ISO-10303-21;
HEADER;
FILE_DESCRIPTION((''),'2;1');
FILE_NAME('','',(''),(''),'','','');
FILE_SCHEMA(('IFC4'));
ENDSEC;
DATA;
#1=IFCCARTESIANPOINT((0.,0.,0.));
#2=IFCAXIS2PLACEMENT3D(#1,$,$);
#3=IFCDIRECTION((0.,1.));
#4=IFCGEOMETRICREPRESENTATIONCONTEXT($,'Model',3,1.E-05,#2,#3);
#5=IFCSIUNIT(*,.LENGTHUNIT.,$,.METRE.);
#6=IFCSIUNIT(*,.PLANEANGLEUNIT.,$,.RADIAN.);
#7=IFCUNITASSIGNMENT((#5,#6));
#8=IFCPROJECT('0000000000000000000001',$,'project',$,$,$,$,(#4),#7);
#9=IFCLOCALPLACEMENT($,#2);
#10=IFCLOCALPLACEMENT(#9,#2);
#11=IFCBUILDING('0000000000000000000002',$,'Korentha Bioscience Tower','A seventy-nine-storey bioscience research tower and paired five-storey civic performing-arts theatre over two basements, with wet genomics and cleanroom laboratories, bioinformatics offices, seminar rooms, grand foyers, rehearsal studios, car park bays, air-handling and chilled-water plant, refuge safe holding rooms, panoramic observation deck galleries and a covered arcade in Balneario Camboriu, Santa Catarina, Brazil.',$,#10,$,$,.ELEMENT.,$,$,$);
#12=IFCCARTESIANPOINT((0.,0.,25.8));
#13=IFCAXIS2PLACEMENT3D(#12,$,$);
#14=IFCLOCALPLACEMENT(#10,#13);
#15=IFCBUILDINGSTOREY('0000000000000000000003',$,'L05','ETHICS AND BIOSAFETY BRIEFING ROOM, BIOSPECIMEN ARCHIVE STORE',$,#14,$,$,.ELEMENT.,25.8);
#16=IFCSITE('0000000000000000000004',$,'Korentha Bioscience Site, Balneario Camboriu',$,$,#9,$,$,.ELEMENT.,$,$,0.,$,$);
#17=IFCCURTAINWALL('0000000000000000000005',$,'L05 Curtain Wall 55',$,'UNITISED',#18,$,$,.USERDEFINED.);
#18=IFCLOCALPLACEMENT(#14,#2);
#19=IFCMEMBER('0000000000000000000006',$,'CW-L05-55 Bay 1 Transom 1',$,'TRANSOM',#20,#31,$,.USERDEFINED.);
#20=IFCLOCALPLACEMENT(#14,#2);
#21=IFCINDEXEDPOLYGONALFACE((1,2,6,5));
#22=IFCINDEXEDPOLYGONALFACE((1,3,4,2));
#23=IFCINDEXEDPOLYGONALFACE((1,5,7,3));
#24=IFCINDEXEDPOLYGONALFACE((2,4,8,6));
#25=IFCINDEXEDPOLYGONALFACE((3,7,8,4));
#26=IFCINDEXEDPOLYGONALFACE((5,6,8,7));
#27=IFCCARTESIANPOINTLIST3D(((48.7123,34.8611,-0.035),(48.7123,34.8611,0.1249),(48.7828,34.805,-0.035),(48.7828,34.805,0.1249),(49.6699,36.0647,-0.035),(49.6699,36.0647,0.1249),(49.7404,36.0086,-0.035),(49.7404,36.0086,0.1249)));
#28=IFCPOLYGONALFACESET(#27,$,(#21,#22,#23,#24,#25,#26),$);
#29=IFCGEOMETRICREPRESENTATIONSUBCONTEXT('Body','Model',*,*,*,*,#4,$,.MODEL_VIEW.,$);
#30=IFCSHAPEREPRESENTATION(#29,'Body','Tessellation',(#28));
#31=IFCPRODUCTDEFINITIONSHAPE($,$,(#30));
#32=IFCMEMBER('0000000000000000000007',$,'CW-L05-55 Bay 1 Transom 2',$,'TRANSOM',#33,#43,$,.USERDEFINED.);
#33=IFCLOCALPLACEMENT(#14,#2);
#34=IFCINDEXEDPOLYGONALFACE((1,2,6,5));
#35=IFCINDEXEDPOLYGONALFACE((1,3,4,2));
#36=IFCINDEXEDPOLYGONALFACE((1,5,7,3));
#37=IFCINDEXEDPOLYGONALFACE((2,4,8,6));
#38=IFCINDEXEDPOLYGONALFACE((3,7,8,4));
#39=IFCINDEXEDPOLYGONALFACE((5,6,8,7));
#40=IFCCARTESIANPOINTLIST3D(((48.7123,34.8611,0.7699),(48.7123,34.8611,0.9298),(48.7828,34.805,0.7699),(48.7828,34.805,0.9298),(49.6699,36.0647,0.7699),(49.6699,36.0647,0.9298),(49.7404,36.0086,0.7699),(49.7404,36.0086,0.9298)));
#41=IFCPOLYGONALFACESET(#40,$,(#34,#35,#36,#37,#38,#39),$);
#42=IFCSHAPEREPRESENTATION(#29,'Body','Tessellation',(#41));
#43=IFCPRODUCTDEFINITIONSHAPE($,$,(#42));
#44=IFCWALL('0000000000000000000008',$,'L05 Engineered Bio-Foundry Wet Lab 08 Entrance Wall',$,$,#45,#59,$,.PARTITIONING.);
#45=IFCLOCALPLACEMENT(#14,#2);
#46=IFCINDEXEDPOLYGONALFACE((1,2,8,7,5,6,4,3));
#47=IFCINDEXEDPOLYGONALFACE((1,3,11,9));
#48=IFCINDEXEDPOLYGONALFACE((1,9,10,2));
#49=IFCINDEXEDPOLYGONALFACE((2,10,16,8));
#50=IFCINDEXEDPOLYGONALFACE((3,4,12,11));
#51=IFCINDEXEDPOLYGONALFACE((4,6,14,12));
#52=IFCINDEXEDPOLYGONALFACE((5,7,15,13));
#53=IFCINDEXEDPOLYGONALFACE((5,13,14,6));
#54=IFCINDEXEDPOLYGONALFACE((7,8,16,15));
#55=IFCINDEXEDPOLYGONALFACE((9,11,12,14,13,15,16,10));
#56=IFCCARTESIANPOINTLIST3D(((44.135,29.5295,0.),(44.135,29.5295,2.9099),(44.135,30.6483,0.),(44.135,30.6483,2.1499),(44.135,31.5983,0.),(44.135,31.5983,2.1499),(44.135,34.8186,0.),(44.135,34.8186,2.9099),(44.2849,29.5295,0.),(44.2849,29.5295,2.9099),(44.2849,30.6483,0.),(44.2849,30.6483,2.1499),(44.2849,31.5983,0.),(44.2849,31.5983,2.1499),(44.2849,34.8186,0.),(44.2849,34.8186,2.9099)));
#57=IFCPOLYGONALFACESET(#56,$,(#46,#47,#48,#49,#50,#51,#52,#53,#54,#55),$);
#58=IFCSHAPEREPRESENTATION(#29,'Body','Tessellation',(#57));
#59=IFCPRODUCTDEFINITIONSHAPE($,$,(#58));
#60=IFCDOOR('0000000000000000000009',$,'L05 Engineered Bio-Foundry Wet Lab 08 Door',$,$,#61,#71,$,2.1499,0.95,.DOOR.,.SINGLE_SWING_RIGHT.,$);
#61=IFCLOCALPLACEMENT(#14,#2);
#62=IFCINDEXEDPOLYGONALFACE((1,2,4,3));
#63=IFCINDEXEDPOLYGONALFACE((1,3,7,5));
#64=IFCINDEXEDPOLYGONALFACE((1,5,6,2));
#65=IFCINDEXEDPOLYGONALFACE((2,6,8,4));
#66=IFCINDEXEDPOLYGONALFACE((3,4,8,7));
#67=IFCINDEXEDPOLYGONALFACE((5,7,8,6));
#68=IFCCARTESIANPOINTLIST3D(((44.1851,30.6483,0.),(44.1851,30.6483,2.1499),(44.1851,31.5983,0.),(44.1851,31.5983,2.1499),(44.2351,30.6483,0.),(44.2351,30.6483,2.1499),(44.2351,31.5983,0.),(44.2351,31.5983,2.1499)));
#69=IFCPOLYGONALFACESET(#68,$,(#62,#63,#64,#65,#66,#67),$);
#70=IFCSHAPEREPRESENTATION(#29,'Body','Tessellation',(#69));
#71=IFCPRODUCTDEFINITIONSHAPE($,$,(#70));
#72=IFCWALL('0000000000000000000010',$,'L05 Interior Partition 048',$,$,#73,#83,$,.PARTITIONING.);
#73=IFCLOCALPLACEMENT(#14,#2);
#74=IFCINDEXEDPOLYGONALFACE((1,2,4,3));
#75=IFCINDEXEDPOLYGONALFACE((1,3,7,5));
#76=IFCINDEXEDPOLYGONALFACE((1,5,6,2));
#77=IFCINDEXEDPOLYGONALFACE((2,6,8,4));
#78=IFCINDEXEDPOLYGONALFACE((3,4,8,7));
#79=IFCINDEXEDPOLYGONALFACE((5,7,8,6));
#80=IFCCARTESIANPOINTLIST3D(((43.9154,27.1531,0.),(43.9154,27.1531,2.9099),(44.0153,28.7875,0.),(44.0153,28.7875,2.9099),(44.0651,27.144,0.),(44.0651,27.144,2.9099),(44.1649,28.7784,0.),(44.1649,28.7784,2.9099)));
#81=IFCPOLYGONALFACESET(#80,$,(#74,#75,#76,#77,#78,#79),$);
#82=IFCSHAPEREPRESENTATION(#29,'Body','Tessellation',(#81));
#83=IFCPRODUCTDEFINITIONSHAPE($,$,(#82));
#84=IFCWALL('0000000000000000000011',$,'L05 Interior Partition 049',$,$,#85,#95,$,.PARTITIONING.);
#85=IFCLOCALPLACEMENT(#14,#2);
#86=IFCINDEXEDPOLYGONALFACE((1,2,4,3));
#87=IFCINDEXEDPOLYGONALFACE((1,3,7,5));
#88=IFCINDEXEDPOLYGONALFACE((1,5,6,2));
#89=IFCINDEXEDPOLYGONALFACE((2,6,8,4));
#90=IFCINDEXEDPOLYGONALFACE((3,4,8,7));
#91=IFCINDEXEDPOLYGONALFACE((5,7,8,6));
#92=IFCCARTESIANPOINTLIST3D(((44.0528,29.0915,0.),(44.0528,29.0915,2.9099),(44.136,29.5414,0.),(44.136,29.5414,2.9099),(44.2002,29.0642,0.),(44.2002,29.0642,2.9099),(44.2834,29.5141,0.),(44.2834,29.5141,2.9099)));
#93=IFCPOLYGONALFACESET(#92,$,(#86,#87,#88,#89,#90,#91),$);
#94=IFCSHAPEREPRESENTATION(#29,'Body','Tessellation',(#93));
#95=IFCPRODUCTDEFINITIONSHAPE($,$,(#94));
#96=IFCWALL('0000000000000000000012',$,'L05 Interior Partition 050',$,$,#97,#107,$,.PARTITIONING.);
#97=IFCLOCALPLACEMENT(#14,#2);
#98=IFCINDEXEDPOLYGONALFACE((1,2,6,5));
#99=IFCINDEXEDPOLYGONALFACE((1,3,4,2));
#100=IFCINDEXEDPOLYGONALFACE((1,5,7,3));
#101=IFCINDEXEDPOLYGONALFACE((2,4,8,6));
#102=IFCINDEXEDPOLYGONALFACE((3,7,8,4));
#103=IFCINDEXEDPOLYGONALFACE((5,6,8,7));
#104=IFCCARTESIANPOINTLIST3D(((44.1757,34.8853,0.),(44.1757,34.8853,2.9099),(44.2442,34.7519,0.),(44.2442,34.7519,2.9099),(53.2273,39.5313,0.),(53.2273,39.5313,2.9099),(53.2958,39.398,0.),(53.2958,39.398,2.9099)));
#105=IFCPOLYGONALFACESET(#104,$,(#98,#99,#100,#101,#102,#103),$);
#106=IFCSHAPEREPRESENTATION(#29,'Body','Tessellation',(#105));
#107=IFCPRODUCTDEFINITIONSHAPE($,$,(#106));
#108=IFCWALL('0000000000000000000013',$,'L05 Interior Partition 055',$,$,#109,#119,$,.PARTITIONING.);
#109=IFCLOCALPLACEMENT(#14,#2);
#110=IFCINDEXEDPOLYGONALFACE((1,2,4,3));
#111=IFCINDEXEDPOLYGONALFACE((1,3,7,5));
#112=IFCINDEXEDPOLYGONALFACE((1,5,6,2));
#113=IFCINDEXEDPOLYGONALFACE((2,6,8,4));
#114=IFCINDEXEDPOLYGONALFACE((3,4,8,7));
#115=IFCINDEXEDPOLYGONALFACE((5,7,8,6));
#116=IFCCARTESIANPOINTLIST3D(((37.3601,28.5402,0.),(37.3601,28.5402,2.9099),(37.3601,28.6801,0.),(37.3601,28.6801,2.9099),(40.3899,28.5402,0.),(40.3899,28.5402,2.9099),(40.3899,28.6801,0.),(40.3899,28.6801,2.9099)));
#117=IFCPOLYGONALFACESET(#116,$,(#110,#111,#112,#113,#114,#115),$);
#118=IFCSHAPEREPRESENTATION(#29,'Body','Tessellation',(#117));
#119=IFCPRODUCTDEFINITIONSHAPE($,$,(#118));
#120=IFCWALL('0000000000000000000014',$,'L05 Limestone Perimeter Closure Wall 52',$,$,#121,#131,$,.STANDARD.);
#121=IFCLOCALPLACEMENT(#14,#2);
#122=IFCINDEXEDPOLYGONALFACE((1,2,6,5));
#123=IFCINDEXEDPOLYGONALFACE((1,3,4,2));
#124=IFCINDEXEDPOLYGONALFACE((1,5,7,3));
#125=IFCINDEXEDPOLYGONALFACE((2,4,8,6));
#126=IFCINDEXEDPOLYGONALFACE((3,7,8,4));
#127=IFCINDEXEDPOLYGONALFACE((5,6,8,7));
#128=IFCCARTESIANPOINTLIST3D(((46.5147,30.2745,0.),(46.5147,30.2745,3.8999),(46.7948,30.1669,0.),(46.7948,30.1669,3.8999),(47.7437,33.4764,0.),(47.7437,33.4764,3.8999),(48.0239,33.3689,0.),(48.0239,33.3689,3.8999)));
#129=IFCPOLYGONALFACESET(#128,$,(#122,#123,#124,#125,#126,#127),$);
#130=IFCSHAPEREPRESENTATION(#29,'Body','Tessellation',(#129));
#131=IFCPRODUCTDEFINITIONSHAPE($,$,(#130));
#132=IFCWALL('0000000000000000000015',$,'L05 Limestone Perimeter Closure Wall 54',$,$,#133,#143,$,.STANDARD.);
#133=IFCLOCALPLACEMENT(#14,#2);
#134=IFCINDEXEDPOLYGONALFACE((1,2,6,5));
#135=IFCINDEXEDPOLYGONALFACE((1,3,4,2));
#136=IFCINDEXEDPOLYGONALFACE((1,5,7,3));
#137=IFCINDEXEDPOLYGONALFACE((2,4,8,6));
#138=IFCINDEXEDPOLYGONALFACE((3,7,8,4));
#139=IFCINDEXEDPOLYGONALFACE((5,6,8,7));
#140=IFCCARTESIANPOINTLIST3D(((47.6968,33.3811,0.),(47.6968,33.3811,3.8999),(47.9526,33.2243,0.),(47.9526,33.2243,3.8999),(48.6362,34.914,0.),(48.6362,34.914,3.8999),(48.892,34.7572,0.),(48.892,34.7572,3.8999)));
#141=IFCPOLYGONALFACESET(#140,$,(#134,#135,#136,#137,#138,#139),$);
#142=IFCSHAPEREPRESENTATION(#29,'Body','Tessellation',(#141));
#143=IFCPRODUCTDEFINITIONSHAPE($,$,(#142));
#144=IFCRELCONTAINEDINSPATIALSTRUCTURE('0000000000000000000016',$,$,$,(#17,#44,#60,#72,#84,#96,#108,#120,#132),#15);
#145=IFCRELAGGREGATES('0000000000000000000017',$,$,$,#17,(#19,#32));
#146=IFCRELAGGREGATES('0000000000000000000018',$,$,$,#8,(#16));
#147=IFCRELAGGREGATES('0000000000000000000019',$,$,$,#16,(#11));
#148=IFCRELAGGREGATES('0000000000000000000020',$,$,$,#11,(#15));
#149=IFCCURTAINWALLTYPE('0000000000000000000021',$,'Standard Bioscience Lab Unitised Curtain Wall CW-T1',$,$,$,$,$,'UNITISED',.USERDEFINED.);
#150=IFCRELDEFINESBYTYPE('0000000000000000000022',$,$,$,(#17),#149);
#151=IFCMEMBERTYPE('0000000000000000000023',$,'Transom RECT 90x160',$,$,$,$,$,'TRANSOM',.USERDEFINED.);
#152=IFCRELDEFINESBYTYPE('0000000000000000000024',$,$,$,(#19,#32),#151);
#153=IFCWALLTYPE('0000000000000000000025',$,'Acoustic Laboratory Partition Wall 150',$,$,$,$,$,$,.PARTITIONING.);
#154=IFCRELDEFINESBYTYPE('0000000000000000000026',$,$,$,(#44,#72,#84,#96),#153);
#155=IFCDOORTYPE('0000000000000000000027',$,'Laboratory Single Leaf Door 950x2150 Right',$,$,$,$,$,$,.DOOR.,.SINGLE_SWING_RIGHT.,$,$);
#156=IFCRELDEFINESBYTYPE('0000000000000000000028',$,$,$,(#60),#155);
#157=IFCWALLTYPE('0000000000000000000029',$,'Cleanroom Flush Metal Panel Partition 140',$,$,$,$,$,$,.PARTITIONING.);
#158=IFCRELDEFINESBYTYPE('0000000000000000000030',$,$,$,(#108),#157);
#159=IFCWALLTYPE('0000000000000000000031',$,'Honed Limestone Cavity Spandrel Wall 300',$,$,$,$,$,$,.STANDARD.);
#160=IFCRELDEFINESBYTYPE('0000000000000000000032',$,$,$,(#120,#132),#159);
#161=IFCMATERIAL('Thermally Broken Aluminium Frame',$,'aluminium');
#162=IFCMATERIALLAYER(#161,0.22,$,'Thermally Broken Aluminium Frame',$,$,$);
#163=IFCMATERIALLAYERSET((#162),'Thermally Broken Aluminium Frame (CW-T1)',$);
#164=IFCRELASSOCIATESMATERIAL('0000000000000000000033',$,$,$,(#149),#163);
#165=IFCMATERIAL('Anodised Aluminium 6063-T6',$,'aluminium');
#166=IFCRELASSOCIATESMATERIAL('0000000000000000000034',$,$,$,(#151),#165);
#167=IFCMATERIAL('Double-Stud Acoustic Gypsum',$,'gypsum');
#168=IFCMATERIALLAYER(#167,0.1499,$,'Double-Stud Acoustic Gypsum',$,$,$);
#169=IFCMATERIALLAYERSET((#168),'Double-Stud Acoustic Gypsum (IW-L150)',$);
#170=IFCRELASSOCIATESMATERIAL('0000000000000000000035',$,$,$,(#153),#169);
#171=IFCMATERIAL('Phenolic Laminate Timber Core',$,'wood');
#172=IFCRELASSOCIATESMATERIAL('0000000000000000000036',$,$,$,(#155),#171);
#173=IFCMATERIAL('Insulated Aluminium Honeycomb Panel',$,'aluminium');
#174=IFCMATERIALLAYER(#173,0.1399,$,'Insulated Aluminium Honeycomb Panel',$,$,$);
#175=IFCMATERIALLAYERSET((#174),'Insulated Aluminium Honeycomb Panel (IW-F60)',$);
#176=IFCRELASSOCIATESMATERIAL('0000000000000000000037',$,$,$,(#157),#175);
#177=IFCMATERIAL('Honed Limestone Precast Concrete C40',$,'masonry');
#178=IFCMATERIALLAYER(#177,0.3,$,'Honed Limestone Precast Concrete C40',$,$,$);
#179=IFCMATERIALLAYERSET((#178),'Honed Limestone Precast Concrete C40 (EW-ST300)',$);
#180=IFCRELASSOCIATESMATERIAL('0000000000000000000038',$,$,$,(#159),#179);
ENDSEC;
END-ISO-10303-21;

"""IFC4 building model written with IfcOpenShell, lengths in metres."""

from ifc_helpers import new_model, si_unit, direction, frame, frame_2d, origin, origin_2d, place, context, subcontext, project, spatial, rectangle, extrude, material, layer, layer_set, material_profile, profile_set, type_object, element, fill, aggregate, save


model = new_model("IFC4")

# Units and contexts
model_context = context("Model", 3, precision=1e-05, world=origin(), true_north=direction((0.0, 1.0)))
body_context = subcontext(model_context, "Body", "Model", "MODEL_VIEW")
ifc_project = project(units=[si_unit("LENGTHUNIT", "METRE"), si_unit("PLANEANGLEUNIT", "RADIAN")], contexts=[model_context])

# Site, building, storey
site_placement = place(None, origin())
site = spatial("IfcSite", under=ifc_project, at=site_placement, Name="Korentha Bioscience Site, Balneario Camboriu", CompositionType="ELEMENT", RefElevation=0.0)
building_placement = place(site_placement, origin())
building = spatial("IfcBuilding", under=site, at=building_placement, Name="Korentha Bioscience Tower", Description="A seventy-nine-storey bioscience research tower and paired five-storey civic performing-arts theatre over two basements, with wet genomics and cleanroom laboratories, bioinformatics offices, seminar rooms, grand foyers, rehearsal studios, car park bays, air-handling and chilled-water plant, refuge safe holding rooms, panoramic observation deck galleries and a covered arcade in Balneario Camboriu, Santa Catarina, Brazil.", CompositionType="ELEMENT")
storey_placement = place(building_placement, frame((0.0, 0.0, 25.8)))
storey = spatial("IfcBuildingStorey", under=building, at=storey_placement, Name="L05", Description="ETHICS AND BIOSAFETY BRIEFING ROOM, BIOSPECIMEN ARCHIVE STORE", CompositionType="ELEMENT", Elevation=25.8)

# Curtain wall
ifc_material_1 = material(Name="Thermally Broken Aluminium Frame", Category="aluminium")
ifc_layer_1 = layer(ifc_material_1, 0.22, Name="Thermally Broken Aluminium Frame")
ifc_layer_set_1 = layer_set([ifc_layer_1], Name="Thermally Broken Aluminium Frame (CW-T1)")
curtain_wall_type = type_object("IfcCurtainWallType", Name="Standard Bioscience Lab Unitised Curtain Wall CW-T1", ElementType="UNITISED", PredefinedType="USERDEFINED", material=ifc_layer_set_1)
curtain_wall_placement = place(storey_placement, origin())
curtain_wall = element("IfcCurtainWall", 1, at=curtain_wall_placement, inside=storey, type_object=curtain_wall_type, Name="L05 Curtain Wall 55", ObjectType="UNITISED", PredefinedType="USERDEFINED")
ifc_material_2 = material(Name="Anodised Aluminium 6063-T6", Category="aluminium")

# Members
ifc_material_profile_1 = material_profile(ifc_material_2, rectangle(XDim=0.0901, YDim=0.1599, at=origin_2d()), Name="Anodised Aluminium 6063-T6")
ifc_profile_set_1 = profile_set([ifc_material_profile_1], Name="Anodised Aluminium 6063-T6 (CW-TRN)")
member_type_1 = type_object("IfcMemberType", Name="Transom RECT 90x160", ElementType="TRANSOM", PredefinedType="USERDEFINED", material=ifc_profile_set_1)
member_1_placement = place(storey_placement, frame((48.7476, 34.833, 0.0449), z_axis=(0.622563, 0.782569, 0.0), x_axis=(-0.782569, 0.622563, 0.0)))
member_1 = element("IfcMember", 2, at=member_1_placement, type_object=member_type_1, Name="CW-L05-55 Bay 1 Transom 1", ObjectType="TRANSOM", PredefinedType="USERDEFINED", context=body_context, shape_type="SweptSolid", body=[
    extrude(rectangle(XDim=0.0901, YDim=0.1599, at=origin_2d()), origin(), (0.0, 0.0, 1.0), 1.5381),
])
member_2_placement = place(storey_placement, frame((48.7476, 34.833, 0.8499), z_axis=(0.622563, 0.782569, 0.0), x_axis=(-0.782569, 0.622563, 0.0)))
member_2 = element("IfcMember", 3, at=member_2_placement, type_object=member_type_1, Name="CW-L05-55 Bay 1 Transom 2", ObjectType="TRANSOM", PredefinedType="USERDEFINED", context=body_context, shape_type="SweptSolid", body=[
    extrude(rectangle(XDim=0.0901, YDim=0.1599, at=origin_2d()), origin(), (0.0, 0.0, 1.0), 1.5381),
])
aggregate(curtain_wall, [member_1, member_2])

# Wall, opening, door
ifc_material_3 = material(Name="Double-Stud Acoustic Gypsum", Category="gypsum")
ifc_layer_2 = layer(ifc_material_3, 0.1499, Name="Double-Stud Acoustic Gypsum")
ifc_layer_set_2 = layer_set([ifc_layer_2], Name="Double-Stud Acoustic Gypsum (IW-L150)")
wall_type_1 = type_object("IfcWallType", Name="Acoustic Laboratory Partition Wall 150", PredefinedType="PARTITIONING", material=ifc_layer_set_2)
wall_1_placement = place(storey_placement, frame((44.21, 29.5295, 0.0), z_axis=(0.0, 0.0, 1.0), x_axis=(0.0, 1.0, 0.0)))
wall_1 = element("IfcWall", 4, at=wall_1_placement, inside=storey, type_object=wall_type_1, Name="L05 Engineered Bio-Foundry Wet Lab 08 Entrance Wall", PredefinedType="PARTITIONING", context=body_context, shape_type="SweptSolid", body=[
    extrude(rectangle(XDim=5.2891, YDim=0.1499, at=frame_2d((2.6445, 0.0))), origin(), (0.0, 0.0, 1.0), 2.9099),
])
opening_1_placement = place(wall_1_placement, frame((1.1187, 0.0, 0.0)))
opening_1 = element("IfcOpeningElement", 5, at=opening_1_placement, cuts=wall_1, PredefinedType="OPENING", context=body_context, shape_type="SweptSolid", body=[
    extrude(rectangle(XDim=0.95, YDim=2.1499, at=frame_2d((0.4751, 1.075))), frame((0.0, 0.0898, 0.0), z_axis=(0.0, -1.0, 0.0), x_axis=(1.0, 0.0, 0.0)), (0.0, 0.0, 1.0), 0.1797),
])
ifc_material_4 = material(Name="Phenolic Laminate Timber Core", Category="wood")
door_type_1 = type_object("IfcDoorType", Name="Laboratory Single Leaf Door 950x2150 Right", OperationType="SINGLE_SWING_RIGHT", PredefinedType="DOOR", material=ifc_material_4)
door_1_placement = place(opening_1_placement, origin())
door_1 = element("IfcDoor", 6, at=door_1_placement, inside=storey, type_object=door_type_1, Name="L05 Engineered Bio-Foundry Wet Lab 08 Door", OperationType="SINGLE_SWING_RIGHT", OverallHeight=2.1499, OverallWidth=0.95, PredefinedType="DOOR", context=body_context, shape_type="SweptSolid", body=[
    extrude(rectangle(XDim=0.95, YDim=2.1499, at=frame_2d((0.4751, 1.075))), frame((0.0, 0.0249, 0.0), z_axis=(0.0, -1.0, 0.0), x_axis=(1.0, 0.0, 0.0)), (0.0, 0.0, 1.0), 0.05),
])
fill(opening_1, door_1)

# Walls
wall_2_placement = place(storey_placement, frame((43.9902, 27.1484, 0.0), z_axis=(0.0, 0.0, 1.0), x_axis=(0.060977, 0.998139, 0.0)))
element("IfcWall", 7, at=wall_2_placement, inside=storey, type_object=wall_type_1, Name="L05 Interior Partition 048", PredefinedType="PARTITIONING", context=body_context, shape_type="SweptSolid", body=[
    extrude(rectangle(XDim=1.6375, YDim=0.1499, at=frame_2d((0.8188, 0.0))), origin(), (0.0, 0.0, 1.0), 2.9099),
])
wall_3_placement = place(storey_placement, frame((44.1265, 29.0779, 0.0), z_axis=(0.0, 0.0, 1.0), x_axis=(0.181936, 0.98331, 0.0)))
element("IfcWall", 8, at=wall_3_placement, inside=storey, type_object=wall_type_1, Name="L05 Interior Partition 049", PredefinedType="PARTITIONING", context=body_context, shape_type="SweptSolid", body=[
    extrude(rectangle(XDim=0.4575, YDim=0.1499, at=frame_2d((0.2288, 0.0))), origin(), (0.0, 0.0, 1.0), 2.9099),
])
wall_4_placement = place(storey_placement, frame((44.21, 34.8186, 0.0), z_axis=(0.0, 0.0, 1.0), x_axis=(0.88965, 0.456643, 0.0)))
element("IfcWall", 9, at=wall_4_placement, inside=storey, type_object=wall_type_1, Name="L05 Interior Partition 050", PredefinedType="PARTITIONING", context=body_context, shape_type="SweptSolid", body=[
    extrude(rectangle(XDim=10.1743, YDim=0.1499, at=frame_2d((5.0872, 0.0))), origin(), (0.0, 0.0, 1.0), 2.9099),
])
ifc_material_5 = material(Name="Insulated Aluminium Honeycomb Panel", Category="aluminium")
ifc_layer_3 = layer(ifc_material_5, 0.1399, Name="Insulated Aluminium Honeycomb Panel")
ifc_layer_set_3 = layer_set([ifc_layer_3], Name="Insulated Aluminium Honeycomb Panel (IW-F60)")
wall_type_2 = type_object("IfcWallType", Name="Cleanroom Flush Metal Panel Partition 140", PredefinedType="PARTITIONING", material=ifc_layer_set_3)
wall_5_placement = place(storey_placement, frame((40.3899, 28.6101, 0.0), z_axis=(0.0, 0.0, 1.0), x_axis=(-1.0, 0.0, 0.0)))
element("IfcWall", 10, at=wall_5_placement, inside=storey, type_object=wall_type_2, Name="L05 Interior Partition 055", PredefinedType="PARTITIONING", context=body_context, shape_type="SweptSolid", body=[
    extrude(rectangle(XDim=3.0298, YDim=0.1399, at=frame_2d((1.5149, 0.0))), origin(), (0.0, 0.0, 1.0), 2.9099),
])
ifc_material_6 = material(Name="Honed Limestone Precast Concrete C40", Category="masonry")
ifc_layer_4 = layer(ifc_material_6, 0.3, Name="Honed Limestone Precast Concrete C40")
ifc_layer_set_4 = layer_set([ifc_layer_4], Name="Honed Limestone Precast Concrete C40 (EW-ST300)")
wall_type_3 = type_object("IfcWallType", Name="Honed Limestone Cavity Spandrel Wall 300", PredefinedType="STANDARD", material=ifc_layer_set_4)
wall_6_placement = place(storey_placement, frame((46.6548, 30.2207, 0.0), z_axis=(0.0, 0.0, 1.0), x_axis=(0.358345, 0.933589, 0.0)))
element("IfcWall", 11, at=wall_6_placement, inside=storey, type_object=wall_type_3, Name="L05 Limestone Perimeter Closure Wall 52", PredefinedType="STANDARD", context=body_context, shape_type="SweptSolid", body=[
    extrude(rectangle(XDim=3.4297, YDim=0.3, at=frame_2d((1.7148, 0.0))), origin(), (0.0, 0.0, 1.0), 3.8999),
])
wall_7_placement = place(storey_placement, frame((47.8247, 33.3027, 0.0), z_axis=(0.0, 0.0, 1.0), x_axis=(0.522521, 0.852627, 0.0)))
element("IfcWall", 12, at=wall_7_placement, inside=storey, type_object=wall_type_3, Name="L05 Limestone Perimeter Closure Wall 54", PredefinedType="STANDARD", context=body_context, shape_type="SweptSolid", body=[
    extrude(rectangle(XDim=1.7979, YDim=0.3, at=frame_2d((0.8989, 0.0))), origin(), (0.0, 0.0, 1.0), 3.8999),
])

save(model, "model.ifc")
